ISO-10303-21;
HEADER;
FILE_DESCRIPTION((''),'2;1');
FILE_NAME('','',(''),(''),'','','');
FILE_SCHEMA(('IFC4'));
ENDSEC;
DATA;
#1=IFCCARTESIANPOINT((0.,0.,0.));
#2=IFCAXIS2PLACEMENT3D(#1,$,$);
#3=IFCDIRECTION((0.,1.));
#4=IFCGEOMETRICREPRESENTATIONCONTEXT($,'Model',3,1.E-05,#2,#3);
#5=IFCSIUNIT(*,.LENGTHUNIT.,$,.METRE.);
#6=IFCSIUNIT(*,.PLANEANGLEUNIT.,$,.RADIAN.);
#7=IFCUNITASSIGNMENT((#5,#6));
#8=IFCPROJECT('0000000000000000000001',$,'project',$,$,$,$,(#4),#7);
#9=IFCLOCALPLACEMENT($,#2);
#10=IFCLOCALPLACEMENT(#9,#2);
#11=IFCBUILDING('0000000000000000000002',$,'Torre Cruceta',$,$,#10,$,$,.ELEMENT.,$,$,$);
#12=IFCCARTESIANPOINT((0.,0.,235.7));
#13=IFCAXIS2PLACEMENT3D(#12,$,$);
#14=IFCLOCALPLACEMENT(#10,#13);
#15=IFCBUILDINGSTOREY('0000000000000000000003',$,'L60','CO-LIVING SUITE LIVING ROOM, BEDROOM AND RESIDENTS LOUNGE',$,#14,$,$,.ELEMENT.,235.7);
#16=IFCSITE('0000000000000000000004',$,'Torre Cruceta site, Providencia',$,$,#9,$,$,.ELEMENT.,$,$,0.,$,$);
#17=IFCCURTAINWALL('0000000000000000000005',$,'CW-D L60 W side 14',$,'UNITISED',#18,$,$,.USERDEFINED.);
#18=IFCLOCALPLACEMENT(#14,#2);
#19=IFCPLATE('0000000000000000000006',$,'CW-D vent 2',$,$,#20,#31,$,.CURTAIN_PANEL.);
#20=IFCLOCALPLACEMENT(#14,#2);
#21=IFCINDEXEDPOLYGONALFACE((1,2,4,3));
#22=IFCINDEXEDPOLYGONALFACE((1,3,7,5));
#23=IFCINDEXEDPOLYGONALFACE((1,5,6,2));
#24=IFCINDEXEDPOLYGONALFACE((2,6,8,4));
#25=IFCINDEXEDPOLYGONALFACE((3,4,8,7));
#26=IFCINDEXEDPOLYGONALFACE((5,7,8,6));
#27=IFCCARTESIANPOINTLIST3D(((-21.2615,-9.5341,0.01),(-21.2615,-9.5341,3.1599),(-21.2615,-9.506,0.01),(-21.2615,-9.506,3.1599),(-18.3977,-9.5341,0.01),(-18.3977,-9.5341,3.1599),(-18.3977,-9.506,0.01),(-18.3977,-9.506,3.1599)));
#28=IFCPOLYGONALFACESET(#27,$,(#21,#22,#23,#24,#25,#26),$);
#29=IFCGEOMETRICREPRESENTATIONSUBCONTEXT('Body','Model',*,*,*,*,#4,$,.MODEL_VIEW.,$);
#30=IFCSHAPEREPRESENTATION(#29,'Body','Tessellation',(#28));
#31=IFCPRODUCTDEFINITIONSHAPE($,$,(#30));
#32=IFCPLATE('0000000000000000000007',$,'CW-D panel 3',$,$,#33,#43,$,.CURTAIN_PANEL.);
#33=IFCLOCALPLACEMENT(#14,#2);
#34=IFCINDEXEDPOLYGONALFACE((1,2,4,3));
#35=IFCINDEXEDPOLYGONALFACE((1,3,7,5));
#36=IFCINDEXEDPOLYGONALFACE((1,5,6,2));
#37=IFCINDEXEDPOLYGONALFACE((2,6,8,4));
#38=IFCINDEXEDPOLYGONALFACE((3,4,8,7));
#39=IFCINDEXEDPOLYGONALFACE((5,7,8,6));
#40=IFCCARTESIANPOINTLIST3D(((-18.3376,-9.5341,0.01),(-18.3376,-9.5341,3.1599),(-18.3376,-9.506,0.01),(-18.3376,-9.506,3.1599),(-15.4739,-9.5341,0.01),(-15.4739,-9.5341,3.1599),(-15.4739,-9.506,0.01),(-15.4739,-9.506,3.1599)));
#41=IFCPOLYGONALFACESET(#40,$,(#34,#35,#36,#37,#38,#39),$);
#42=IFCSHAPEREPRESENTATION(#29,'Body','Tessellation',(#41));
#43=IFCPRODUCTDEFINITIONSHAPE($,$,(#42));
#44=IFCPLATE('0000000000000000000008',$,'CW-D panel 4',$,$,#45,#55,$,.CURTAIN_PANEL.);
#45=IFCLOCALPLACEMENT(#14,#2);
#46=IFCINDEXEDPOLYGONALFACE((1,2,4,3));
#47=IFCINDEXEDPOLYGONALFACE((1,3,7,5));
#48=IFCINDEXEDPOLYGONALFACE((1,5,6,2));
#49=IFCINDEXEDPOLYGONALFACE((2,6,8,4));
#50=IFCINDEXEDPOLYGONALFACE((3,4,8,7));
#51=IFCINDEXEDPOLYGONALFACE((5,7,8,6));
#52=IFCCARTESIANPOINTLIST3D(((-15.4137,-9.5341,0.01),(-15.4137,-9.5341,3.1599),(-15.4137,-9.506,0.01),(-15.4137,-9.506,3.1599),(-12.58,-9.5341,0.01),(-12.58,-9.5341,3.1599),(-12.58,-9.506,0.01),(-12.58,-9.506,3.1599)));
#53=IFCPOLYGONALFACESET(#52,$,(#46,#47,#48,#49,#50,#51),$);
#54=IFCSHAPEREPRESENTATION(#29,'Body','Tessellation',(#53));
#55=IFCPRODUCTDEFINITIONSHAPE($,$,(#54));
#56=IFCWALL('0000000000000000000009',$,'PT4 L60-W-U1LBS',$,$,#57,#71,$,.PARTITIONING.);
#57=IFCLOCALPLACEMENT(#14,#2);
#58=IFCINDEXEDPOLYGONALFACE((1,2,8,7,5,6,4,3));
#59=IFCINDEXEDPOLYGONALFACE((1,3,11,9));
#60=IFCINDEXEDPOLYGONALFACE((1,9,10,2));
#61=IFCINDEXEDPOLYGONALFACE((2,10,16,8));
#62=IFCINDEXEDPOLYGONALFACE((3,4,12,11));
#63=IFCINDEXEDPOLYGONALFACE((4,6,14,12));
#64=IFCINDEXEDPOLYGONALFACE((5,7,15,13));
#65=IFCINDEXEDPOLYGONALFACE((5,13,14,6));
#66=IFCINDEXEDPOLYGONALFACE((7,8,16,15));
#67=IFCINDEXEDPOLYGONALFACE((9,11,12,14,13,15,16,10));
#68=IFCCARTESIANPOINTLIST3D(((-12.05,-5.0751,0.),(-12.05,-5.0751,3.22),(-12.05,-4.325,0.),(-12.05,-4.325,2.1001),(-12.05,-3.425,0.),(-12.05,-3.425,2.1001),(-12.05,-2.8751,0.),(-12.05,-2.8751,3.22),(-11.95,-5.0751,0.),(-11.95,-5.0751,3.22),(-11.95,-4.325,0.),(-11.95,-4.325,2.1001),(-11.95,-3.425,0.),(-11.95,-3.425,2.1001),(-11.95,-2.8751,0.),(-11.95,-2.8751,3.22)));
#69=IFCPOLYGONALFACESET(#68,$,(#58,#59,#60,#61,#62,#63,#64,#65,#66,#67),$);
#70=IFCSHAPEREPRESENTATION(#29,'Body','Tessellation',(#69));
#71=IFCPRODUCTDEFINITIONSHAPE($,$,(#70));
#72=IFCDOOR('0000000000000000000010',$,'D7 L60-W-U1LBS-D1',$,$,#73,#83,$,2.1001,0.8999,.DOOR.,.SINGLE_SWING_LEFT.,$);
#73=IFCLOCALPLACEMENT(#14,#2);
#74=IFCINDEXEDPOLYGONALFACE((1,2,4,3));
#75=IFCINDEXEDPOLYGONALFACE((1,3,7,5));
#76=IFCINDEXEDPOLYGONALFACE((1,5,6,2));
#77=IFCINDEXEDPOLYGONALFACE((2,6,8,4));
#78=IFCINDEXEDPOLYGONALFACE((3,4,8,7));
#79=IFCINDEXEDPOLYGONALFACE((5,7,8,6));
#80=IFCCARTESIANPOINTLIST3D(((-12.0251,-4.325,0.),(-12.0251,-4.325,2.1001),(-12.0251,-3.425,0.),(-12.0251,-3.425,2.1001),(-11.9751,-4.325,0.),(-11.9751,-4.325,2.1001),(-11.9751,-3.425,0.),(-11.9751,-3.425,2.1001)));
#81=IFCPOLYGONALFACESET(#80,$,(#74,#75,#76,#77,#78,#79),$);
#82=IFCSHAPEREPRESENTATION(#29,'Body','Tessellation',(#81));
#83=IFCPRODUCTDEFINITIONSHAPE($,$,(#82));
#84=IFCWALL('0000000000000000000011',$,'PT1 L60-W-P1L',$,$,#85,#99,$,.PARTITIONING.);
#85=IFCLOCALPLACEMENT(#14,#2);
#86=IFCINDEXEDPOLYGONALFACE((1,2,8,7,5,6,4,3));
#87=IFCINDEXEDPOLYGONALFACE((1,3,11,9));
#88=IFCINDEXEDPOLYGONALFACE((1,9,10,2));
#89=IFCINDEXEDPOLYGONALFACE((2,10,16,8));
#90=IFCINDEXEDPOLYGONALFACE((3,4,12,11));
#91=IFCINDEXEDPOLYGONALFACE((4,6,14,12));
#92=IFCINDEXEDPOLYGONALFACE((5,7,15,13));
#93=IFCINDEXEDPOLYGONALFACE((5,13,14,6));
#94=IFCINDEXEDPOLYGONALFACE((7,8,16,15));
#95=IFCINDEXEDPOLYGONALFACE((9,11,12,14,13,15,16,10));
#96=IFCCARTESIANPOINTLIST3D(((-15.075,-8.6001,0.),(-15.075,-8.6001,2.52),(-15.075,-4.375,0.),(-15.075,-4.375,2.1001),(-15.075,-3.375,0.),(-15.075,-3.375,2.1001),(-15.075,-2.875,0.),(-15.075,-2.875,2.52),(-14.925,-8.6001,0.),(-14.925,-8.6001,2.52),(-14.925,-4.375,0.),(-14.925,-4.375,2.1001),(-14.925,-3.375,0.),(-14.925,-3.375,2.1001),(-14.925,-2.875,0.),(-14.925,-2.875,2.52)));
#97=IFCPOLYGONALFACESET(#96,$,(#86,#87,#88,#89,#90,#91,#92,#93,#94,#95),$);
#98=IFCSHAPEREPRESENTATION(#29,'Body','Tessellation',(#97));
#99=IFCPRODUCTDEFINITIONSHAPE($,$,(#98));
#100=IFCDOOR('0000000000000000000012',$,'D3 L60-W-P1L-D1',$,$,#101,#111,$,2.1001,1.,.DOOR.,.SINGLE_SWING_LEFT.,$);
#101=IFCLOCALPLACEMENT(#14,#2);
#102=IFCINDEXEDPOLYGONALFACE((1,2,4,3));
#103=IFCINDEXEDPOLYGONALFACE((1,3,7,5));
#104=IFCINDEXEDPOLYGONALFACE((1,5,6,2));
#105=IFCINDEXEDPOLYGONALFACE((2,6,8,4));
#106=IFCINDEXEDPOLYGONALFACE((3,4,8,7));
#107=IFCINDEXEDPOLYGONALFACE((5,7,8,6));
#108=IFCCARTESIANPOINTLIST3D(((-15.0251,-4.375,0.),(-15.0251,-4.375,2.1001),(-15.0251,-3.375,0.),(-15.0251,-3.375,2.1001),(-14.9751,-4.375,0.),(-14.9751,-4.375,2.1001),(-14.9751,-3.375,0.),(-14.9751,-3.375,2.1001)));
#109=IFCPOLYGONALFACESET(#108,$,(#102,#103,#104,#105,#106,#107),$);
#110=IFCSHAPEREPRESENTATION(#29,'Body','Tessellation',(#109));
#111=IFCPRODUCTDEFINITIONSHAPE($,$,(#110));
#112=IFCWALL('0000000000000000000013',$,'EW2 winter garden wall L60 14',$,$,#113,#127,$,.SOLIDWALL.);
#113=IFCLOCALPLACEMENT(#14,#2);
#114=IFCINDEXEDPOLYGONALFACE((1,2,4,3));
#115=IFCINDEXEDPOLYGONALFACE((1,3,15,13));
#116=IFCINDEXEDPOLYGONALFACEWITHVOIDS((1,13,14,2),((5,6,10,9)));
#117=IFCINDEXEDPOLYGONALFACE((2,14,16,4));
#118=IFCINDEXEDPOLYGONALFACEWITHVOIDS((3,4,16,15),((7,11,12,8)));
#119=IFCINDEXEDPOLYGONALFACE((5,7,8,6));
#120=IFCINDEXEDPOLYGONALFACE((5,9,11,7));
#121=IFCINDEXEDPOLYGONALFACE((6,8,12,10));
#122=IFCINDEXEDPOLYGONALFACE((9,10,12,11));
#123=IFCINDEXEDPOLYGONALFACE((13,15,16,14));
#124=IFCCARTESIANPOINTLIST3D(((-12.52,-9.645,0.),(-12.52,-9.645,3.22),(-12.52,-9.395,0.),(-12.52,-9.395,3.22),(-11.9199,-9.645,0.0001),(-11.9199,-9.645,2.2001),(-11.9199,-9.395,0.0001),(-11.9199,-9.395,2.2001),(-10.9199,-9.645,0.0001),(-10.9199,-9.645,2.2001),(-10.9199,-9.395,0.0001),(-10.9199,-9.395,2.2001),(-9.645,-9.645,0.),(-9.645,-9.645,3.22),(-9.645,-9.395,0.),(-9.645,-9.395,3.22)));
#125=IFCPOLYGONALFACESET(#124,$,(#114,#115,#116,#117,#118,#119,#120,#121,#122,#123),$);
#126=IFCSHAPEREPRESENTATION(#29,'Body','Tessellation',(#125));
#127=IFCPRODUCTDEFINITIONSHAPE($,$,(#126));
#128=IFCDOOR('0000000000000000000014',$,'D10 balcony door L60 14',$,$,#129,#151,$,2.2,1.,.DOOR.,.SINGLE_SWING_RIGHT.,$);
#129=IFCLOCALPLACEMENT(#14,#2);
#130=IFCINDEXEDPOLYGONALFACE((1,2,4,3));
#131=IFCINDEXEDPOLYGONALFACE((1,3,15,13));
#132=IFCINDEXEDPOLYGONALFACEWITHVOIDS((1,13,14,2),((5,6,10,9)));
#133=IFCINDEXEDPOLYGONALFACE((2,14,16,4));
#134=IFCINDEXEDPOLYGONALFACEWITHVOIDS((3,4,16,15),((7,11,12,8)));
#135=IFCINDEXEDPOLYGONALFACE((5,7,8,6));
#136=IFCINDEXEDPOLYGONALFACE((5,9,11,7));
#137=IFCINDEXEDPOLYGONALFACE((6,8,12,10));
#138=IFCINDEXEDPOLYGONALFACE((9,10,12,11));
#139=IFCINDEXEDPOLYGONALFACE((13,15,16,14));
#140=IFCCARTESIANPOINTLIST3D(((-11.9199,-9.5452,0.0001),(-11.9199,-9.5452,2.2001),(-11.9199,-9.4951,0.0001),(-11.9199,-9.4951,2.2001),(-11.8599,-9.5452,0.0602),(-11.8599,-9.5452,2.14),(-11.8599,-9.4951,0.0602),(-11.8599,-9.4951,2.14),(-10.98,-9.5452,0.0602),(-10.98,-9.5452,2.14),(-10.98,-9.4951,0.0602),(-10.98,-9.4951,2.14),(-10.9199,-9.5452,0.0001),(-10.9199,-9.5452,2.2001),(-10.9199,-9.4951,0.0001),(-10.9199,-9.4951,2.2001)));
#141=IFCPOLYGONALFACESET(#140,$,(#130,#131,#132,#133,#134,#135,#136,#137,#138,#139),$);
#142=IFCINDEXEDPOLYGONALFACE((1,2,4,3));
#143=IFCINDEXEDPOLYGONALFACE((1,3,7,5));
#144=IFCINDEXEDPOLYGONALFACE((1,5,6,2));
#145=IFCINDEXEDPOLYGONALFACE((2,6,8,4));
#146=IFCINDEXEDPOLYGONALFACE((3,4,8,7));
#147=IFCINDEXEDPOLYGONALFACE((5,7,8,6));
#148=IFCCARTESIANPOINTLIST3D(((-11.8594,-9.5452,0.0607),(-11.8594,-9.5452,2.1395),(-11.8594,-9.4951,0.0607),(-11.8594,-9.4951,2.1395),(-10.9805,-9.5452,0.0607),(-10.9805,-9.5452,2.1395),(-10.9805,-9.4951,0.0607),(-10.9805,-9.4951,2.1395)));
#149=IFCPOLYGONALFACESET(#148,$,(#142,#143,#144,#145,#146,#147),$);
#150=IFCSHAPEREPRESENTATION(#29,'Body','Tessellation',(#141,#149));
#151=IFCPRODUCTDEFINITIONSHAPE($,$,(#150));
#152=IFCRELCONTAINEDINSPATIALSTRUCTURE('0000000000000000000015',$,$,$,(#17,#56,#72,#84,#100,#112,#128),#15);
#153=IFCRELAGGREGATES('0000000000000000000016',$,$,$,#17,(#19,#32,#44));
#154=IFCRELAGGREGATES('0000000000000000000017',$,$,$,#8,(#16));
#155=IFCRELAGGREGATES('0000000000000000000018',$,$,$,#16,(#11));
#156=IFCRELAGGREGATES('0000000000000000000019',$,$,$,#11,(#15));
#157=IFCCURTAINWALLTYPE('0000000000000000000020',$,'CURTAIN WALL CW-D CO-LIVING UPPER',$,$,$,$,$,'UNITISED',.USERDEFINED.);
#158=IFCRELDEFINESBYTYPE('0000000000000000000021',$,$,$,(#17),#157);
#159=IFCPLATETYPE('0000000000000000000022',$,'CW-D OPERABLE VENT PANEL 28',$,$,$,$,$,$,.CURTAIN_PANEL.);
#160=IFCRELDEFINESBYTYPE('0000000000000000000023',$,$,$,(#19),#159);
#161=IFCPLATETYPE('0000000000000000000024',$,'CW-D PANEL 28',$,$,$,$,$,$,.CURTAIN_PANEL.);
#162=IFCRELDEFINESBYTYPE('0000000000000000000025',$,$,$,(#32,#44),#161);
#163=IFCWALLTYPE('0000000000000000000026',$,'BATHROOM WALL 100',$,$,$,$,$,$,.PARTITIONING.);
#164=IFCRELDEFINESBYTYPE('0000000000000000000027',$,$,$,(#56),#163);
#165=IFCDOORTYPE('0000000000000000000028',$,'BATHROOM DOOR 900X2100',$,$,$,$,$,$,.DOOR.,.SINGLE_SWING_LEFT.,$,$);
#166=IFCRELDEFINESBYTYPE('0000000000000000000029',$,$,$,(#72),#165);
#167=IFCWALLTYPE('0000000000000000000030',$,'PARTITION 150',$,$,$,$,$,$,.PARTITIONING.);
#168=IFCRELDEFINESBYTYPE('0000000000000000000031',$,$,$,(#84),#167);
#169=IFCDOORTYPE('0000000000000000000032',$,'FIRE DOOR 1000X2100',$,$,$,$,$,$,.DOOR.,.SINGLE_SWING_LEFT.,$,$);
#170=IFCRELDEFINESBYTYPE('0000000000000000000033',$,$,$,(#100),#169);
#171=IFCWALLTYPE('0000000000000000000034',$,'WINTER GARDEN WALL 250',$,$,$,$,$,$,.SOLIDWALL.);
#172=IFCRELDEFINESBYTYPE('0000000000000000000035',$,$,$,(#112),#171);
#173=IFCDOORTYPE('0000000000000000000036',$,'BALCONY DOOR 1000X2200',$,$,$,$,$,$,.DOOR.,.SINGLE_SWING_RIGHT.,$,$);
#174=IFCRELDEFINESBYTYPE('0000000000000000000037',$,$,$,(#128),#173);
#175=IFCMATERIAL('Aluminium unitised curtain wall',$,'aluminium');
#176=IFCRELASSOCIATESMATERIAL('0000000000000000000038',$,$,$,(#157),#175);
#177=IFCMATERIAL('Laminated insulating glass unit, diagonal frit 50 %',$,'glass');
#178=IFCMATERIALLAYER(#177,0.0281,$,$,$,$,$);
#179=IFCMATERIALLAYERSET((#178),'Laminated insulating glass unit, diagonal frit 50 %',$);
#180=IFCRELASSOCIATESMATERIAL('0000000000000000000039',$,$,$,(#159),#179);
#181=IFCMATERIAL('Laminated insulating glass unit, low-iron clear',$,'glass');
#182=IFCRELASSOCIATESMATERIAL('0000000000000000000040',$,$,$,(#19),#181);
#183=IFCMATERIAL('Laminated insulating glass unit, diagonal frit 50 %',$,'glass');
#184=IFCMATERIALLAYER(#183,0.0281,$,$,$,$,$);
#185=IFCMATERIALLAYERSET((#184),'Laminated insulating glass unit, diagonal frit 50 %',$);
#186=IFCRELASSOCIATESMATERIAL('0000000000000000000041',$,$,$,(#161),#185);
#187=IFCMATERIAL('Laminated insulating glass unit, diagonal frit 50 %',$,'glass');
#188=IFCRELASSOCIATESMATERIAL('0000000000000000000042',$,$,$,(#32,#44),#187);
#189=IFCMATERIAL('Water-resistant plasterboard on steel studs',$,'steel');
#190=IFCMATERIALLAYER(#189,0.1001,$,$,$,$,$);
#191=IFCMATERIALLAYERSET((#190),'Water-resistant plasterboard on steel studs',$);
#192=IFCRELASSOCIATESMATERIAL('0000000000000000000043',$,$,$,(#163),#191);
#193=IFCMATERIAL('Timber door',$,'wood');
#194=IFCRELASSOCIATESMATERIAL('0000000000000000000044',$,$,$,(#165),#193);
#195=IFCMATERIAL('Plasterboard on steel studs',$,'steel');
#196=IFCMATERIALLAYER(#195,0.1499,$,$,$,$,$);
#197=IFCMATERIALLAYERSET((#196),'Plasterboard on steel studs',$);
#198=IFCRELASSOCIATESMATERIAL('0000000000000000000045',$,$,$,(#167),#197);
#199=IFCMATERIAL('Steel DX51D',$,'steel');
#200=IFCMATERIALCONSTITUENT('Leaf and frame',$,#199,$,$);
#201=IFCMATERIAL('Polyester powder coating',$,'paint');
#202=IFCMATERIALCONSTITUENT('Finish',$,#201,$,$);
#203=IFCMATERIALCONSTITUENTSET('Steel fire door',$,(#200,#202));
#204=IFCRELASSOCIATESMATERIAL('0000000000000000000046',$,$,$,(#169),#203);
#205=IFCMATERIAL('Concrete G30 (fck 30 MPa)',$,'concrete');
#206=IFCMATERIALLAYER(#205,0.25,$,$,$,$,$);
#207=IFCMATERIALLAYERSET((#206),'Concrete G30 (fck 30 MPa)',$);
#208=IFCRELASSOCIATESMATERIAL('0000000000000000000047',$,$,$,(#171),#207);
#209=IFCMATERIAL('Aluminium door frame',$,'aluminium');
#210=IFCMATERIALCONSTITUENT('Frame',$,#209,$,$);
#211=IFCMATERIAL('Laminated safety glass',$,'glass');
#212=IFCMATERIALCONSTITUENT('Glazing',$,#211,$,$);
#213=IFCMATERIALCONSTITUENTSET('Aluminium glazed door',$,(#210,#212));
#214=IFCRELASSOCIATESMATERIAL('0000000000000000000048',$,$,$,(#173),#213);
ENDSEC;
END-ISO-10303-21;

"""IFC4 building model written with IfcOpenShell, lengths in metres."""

from ifc_helpers import new_model, si_unit, direction, frame, frame_2d, origin, origin_2d, place, context, subcontext, project, spatial, rectangle, hollow_rectangle, extrude, material, layer, layer_set, constituent, constituent_set, type_object, element, fill, aggregate, save


model = new_model("IFC4")

# Units and contexts
model_context = context("Model", 3, precision=1e-05, world=origin(), true_north=direction((0.0, 1.0)))
body_context = subcontext(model_context, "Body", "Model", "MODEL_VIEW")
ifc_project = project(units=[si_unit("LENGTHUNIT", "METRE"), si_unit("PLANEANGLEUNIT", "RADIAN")], contexts=[model_context])

# Site, building, storey
site_placement = place(None, origin())
site = spatial("IfcSite", under=ifc_project, at=site_placement, Name="Torre Cruceta site, Providencia", CompositionType="ELEMENT", RefElevation=0.0)
building_placement = place(site_placement, origin())
building = spatial("IfcBuilding", under=site, at=building_placement, Name="Torre Cruceta", CompositionType="ELEMENT")
storey_placement = place(building_placement, frame((0.0, 0.0, 235.7)))
storey = spatial("IfcBuildingStorey", under=building, at=storey_placement, Name="L60", Description="CO-LIVING SUITE LIVING ROOM, BEDROOM AND RESIDENTS LOUNGE", CompositionType="ELEMENT", Elevation=235.7)

# Curtain wall
ifc_material_1 = material(Name="Aluminium unitised curtain wall", Category="aluminium")
curtain_wall_type = type_object("IfcCurtainWallType", Name="CURTAIN WALL CW-D CO-LIVING UPPER", ElementType="UNITISED", PredefinedType="USERDEFINED", material=ifc_material_1)
curtain_wall_placement = place(storey_placement, origin())
curtain_wall = element("IfcCurtainWall", 1, at=curtain_wall_placement, inside=storey, type_object=curtain_wall_type, Name="CW-D L60 W side 14", ObjectType="UNITISED", PredefinedType="USERDEFINED")

# Plates
ifc_material_2 = material(Name="Laminated insulating glass unit, low-iron clear", Category="glass")
ifc_material_3 = material(Name="Laminated insulating glass unit, diagonal frit 50 %", Category="glass")
ifc_layer_1 = layer(ifc_material_3, 0.0281)
ifc_layer_set_1 = layer_set([ifc_layer_1], Name="Laminated insulating glass unit, diagonal frit 50 %")
plate_type_1 = type_object("IfcPlateType", Name="CW-D OPERABLE VENT PANEL 28", PredefinedType="CURTAIN_PANEL", material=ifc_layer_set_1)
plate_1_placement = place(storey_placement, frame((-19.8296, -9.52, 0.01), z_axis=(0.0, 0.0, 1.0), x_axis=(1.0, 0.0, 0.0)))
plate_1 = element("IfcPlate", 2, at=plate_1_placement, type_object=plate_type_1, material=ifc_material_2, Name="CW-D vent 2", PredefinedType="CURTAIN_PANEL", context=body_context, shape_type="SweptSolid", body=[
    extrude(rectangle(XDim=2.8638, YDim=0.0281, at=origin_2d()), origin(), (0.0, 0.0, 1.0), 3.1499),
])
ifc_material_4 = material(Name="Laminated insulating glass unit, diagonal frit 50 %", Category="glass")
ifc_material_5 = material(Name="Laminated insulating glass unit, diagonal frit 50 %", Category="glass")
ifc_layer_2 = layer(ifc_material_5, 0.0281)
ifc_layer_set_2 = layer_set([ifc_layer_2], Name="Laminated insulating glass unit, diagonal frit 50 %")
plate_type_2 = type_object("IfcPlateType", Name="CW-D PANEL 28", PredefinedType="CURTAIN_PANEL", material=ifc_layer_set_2)
plate_2_placement = place(storey_placement, frame((-16.9058, -9.52, 0.01), z_axis=(0.0, 0.0, 1.0), x_axis=(1.0, 0.0, 0.0)))
plate_2 = element("IfcPlate", 3, at=plate_2_placement, type_object=plate_type_2, material=ifc_material_4, Name="CW-D panel 3", PredefinedType="CURTAIN_PANEL", context=body_context, shape_type="SweptSolid", body=[
    extrude(rectangle(XDim=2.8638, YDim=0.0281, at=origin_2d()), origin(), (0.0, 0.0, 1.0), 3.1499),
])
plate_3_placement = place(storey_placement, frame((-13.9968, -9.52, 0.01), z_axis=(0.0, 0.0, 1.0), x_axis=(1.0, 0.0, 0.0)))
plate_3 = element("IfcPlate", 4, at=plate_3_placement, type_object=plate_type_2, material=ifc_material_4, Name="CW-D panel 4", PredefinedType="CURTAIN_PANEL", context=body_context, shape_type="SweptSolid", body=[
    extrude(rectangle(XDim=2.8337, YDim=0.0281, at=origin_2d()), origin(), (0.0, 0.0, 1.0), 3.1499),
])
aggregate(curtain_wall, [plate_1, plate_2, plate_3])

# Walls, openings, doors
ifc_material_6 = material(Name="Water-resistant plasterboard on steel studs", Category="steel")
ifc_layer_3 = layer(ifc_material_6, 0.1001)
ifc_layer_set_3 = layer_set([ifc_layer_3], Name="Water-resistant plasterboard on steel studs")
wall_type_1 = type_object("IfcWallType", Name="BATHROOM WALL 100", PredefinedType="PARTITIONING", material=ifc_layer_set_3)
wall_1_placement = place(storey_placement, frame((-12.0, -2.875, 0.0), z_axis=(0.0, 0.0, 1.0), x_axis=(0.0, -1.0, 0.0)))
wall_1 = element("IfcWall", 5, at=wall_1_placement, inside=storey, type_object=wall_type_1, Name="PT4 L60-W-U1LBS", PredefinedType="PARTITIONING", context=body_context, shape_type="SweptSolid", body=[
    extrude(rectangle(XDim=2.2, YDim=0.1001, at=frame_2d((1.1001, 0.0))), origin(), (0.0, 0.0, 1.0), 3.22),
])
opening_1_placement = place(wall_1_placement, frame((0.55, 0.0, 0.0)))
opening_1 = element("IfcOpeningElement", 6, at=opening_1_placement, cuts=wall_1, PredefinedType="OPENING", context=body_context, shape_type="SweptSolid", body=[
    extrude(rectangle(XDim=0.8999, YDim=2.1001, at=frame_2d((0.45, 1.05))), frame((0.0, 0.0601, 0.0), z_axis=(0.0, -1.0, 0.0), x_axis=(1.0, 0.0, 0.0)), (0.0, 0.0, 1.0), 0.1201),
])
ifc_material_7 = material(Name="Timber door", Category="wood")
door_type_1 = type_object("IfcDoorType", Name="BATHROOM DOOR 900X2100", OperationType="SINGLE_SWING_LEFT", PredefinedType="DOOR", material=ifc_material_7)
door_1_placement = place(opening_1_placement, origin())
door_1 = element("IfcDoor", 7, at=door_1_placement, inside=storey, type_object=door_type_1, Name="D7 L60-W-U1LBS-D1", OperationType="SINGLE_SWING_LEFT", OverallHeight=2.1001, OverallWidth=0.8999, PredefinedType="DOOR", context=body_context, shape_type="SweptSolid", body=[
    extrude(rectangle(XDim=0.8999, YDim=2.1001, at=frame_2d((0.45, 1.05))), frame((0.0, 0.0249, 0.0), z_axis=(0.0, -1.0, 0.0), x_axis=(1.0, 0.0, 0.0)), (0.0, 0.0, 1.0), 0.05),
])
fill(opening_1, door_1)
ifc_material_8 = material(Name="Plasterboard on steel studs", Category="steel")
ifc_layer_4 = layer(ifc_material_8, 0.1499)
ifc_layer_set_4 = layer_set([ifc_layer_4], Name="Plasterboard on steel studs")
wall_type_2 = type_object("IfcWallType", Name="PARTITION 150", PredefinedType="PARTITIONING", material=ifc_layer_set_4)
wall_2_placement = place(storey_placement, frame((-15.0, -2.875, 0.0), z_axis=(0.0, 0.0, 1.0), x_axis=(0.0, -1.0, 0.0)))
wall_2 = element("IfcWall", 8, at=wall_2_placement, inside=storey, type_object=wall_type_2, Name="PT1 L60-W-P1L", PredefinedType="PARTITIONING", context=body_context, shape_type="SweptSolid", body=[
    extrude(rectangle(XDim=5.7251, YDim=0.1499, at=frame_2d((2.8625, 0.0))), origin(), (0.0, 0.0, 1.0), 2.52),
])
opening_2_placement = place(wall_2_placement, frame((0.5, 0.0, 0.0)))
opening_2 = element("IfcOpeningElement", 9, at=opening_2_placement, cuts=wall_2, PredefinedType="OPENING", context=body_context, shape_type="SweptSolid", body=[
    extrude(rectangle(XDim=1.0, YDim=2.1001, at=frame_2d((0.5, 1.05))), frame((0.0, 0.085, 0.0), z_axis=(0.0, -1.0, 0.0), x_axis=(1.0, 0.0, 0.0)), (0.0, 0.0, 1.0), 0.1699),
])
ifc_material_9 = material(Name="Steel DX51D", Category="steel")
ifc_constituent_1 = constituent(ifc_material_9, Name="Leaf and frame")
ifc_material_10 = material(Name="Polyester powder coating", Category="paint")
ifc_constituent_2 = constituent(ifc_material_10, Name="Finish")
ifc_constituent_set_1 = constituent_set(constituents=[ifc_constituent_1, ifc_constituent_2], Name="Steel fire door")
door_type_2 = type_object("IfcDoorType", Name="FIRE DOOR 1000X2100", OperationType="SINGLE_SWING_LEFT", PredefinedType="DOOR", material=ifc_constituent_set_1)
door_2_placement = place(opening_2_placement, origin())
door_2 = element("IfcDoor", 10, at=door_2_placement, inside=storey, type_object=door_type_2, Name="D3 L60-W-P1L-D1", OperationType="SINGLE_SWING_LEFT", OverallHeight=2.1001, OverallWidth=1.0, PredefinedType="DOOR", context=body_context, shape_type="SweptSolid", body=[
    extrude(rectangle(XDim=1.0, YDim=2.1001, at=frame_2d((0.5, 1.05))), frame((0.0, 0.0249, 0.0), z_axis=(0.0, -1.0, 0.0), x_axis=(1.0, 0.0, 0.0)), (0.0, 0.0, 1.0), 0.05),
])
fill(opening_2, door_2)
ifc_material_11 = material(Name="Concrete G30 (fck 30 MPa)", Category="concrete")
ifc_layer_5 = layer(ifc_material_11, 0.25)
ifc_layer_set_5 = layer_set([ifc_layer_5], Name="Concrete G30 (fck 30 MPa)")
wall_type_3 = type_object("IfcWallType", Name="WINTER GARDEN WALL 250", PredefinedType="SOLIDWALL", material=ifc_layer_set_5)
wall_3_placement = place(storey_placement, frame((-12.52, -9.52, 0.0), z_axis=(0.0, 0.0, 1.0), x_axis=(1.0, 0.0, 0.0)))
wall_3 = element("IfcWall", 11, at=wall_3_placement, inside=storey, type_object=wall_type_3, Name="EW2 winter garden wall L60 14", PredefinedType="SOLIDWALL", context=body_context, shape_type="SweptSolid", body=[
    extrude(rectangle(XDim=2.875, YDim=0.25, at=frame_2d((1.4375, 0.0))), origin(), (0.0, 0.0, 1.0), 3.22),
])
opening_3_placement = place(wall_3_placement, frame((0.6001, 0.0, 0.0)))
opening_3 = element("IfcOpeningElement", 12, at=opening_3_placement, cuts=wall_3, PredefinedType="OPENING", context=body_context, shape_type="SweptSolid", body=[
    extrude(rectangle(XDim=1.0, YDim=2.2, at=frame_2d((0.5, 1.1001))), frame((0.0, 0.135, 0.0), z_axis=(0.0, -1.0, 0.0), x_axis=(1.0, 0.0, 0.0)), (0.0, 0.0, 1.0), 0.27),
])
ifc_material_12 = material(Name="Aluminium door frame", Category="aluminium")
ifc_constituent_3 = constituent(ifc_material_12, Name="Frame")
ifc_material_13 = material(Name="Laminated safety glass", Category="glass")
ifc_constituent_4 = constituent(ifc_material_13, Name="Glazing")
ifc_constituent_set_2 = constituent_set(constituents=[ifc_constituent_3, ifc_constituent_4], Name="Aluminium glazed door")
door_type_3 = type_object("IfcDoorType", Name="BALCONY DOOR 1000X2200", OperationType="SINGLE_SWING_RIGHT", PredefinedType="DOOR", material=ifc_constituent_set_2)
door_3_placement = place(opening_3_placement, origin())
door_3 = element("IfcDoor", 13, at=door_3_placement, inside=storey, type_object=door_type_3, Name="D10 balcony door L60 14", OperationType="SINGLE_SWING_RIGHT", OverallHeight=2.2, OverallWidth=1.0, PredefinedType="DOOR", context=body_context, shape_type="SweptSolid", body=[
    extrude(hollow_rectangle(XDim=1.0, YDim=2.2, WallThickness=0.0601, at=frame_2d((0.5, 1.1001))), frame((0.0, 0.0249, 0.0), z_axis=(0.0, -1.0, 0.0), x_axis=(1.0, 0.0, 0.0)), (0.0, 0.0, 1.0), 0.05),
    extrude(rectangle(XDim=0.8789, YDim=2.0789, at=frame_2d((0.5, 1.1001))), frame((0.0, 0.0249, 0.0), z_axis=(0.0, -1.0, 0.0), x_axis=(1.0, 0.0, 0.0)), (0.0, 0.0, 1.0), 0.05),
])
fill(opening_3, door_3)

save(model, "model.ifc")
